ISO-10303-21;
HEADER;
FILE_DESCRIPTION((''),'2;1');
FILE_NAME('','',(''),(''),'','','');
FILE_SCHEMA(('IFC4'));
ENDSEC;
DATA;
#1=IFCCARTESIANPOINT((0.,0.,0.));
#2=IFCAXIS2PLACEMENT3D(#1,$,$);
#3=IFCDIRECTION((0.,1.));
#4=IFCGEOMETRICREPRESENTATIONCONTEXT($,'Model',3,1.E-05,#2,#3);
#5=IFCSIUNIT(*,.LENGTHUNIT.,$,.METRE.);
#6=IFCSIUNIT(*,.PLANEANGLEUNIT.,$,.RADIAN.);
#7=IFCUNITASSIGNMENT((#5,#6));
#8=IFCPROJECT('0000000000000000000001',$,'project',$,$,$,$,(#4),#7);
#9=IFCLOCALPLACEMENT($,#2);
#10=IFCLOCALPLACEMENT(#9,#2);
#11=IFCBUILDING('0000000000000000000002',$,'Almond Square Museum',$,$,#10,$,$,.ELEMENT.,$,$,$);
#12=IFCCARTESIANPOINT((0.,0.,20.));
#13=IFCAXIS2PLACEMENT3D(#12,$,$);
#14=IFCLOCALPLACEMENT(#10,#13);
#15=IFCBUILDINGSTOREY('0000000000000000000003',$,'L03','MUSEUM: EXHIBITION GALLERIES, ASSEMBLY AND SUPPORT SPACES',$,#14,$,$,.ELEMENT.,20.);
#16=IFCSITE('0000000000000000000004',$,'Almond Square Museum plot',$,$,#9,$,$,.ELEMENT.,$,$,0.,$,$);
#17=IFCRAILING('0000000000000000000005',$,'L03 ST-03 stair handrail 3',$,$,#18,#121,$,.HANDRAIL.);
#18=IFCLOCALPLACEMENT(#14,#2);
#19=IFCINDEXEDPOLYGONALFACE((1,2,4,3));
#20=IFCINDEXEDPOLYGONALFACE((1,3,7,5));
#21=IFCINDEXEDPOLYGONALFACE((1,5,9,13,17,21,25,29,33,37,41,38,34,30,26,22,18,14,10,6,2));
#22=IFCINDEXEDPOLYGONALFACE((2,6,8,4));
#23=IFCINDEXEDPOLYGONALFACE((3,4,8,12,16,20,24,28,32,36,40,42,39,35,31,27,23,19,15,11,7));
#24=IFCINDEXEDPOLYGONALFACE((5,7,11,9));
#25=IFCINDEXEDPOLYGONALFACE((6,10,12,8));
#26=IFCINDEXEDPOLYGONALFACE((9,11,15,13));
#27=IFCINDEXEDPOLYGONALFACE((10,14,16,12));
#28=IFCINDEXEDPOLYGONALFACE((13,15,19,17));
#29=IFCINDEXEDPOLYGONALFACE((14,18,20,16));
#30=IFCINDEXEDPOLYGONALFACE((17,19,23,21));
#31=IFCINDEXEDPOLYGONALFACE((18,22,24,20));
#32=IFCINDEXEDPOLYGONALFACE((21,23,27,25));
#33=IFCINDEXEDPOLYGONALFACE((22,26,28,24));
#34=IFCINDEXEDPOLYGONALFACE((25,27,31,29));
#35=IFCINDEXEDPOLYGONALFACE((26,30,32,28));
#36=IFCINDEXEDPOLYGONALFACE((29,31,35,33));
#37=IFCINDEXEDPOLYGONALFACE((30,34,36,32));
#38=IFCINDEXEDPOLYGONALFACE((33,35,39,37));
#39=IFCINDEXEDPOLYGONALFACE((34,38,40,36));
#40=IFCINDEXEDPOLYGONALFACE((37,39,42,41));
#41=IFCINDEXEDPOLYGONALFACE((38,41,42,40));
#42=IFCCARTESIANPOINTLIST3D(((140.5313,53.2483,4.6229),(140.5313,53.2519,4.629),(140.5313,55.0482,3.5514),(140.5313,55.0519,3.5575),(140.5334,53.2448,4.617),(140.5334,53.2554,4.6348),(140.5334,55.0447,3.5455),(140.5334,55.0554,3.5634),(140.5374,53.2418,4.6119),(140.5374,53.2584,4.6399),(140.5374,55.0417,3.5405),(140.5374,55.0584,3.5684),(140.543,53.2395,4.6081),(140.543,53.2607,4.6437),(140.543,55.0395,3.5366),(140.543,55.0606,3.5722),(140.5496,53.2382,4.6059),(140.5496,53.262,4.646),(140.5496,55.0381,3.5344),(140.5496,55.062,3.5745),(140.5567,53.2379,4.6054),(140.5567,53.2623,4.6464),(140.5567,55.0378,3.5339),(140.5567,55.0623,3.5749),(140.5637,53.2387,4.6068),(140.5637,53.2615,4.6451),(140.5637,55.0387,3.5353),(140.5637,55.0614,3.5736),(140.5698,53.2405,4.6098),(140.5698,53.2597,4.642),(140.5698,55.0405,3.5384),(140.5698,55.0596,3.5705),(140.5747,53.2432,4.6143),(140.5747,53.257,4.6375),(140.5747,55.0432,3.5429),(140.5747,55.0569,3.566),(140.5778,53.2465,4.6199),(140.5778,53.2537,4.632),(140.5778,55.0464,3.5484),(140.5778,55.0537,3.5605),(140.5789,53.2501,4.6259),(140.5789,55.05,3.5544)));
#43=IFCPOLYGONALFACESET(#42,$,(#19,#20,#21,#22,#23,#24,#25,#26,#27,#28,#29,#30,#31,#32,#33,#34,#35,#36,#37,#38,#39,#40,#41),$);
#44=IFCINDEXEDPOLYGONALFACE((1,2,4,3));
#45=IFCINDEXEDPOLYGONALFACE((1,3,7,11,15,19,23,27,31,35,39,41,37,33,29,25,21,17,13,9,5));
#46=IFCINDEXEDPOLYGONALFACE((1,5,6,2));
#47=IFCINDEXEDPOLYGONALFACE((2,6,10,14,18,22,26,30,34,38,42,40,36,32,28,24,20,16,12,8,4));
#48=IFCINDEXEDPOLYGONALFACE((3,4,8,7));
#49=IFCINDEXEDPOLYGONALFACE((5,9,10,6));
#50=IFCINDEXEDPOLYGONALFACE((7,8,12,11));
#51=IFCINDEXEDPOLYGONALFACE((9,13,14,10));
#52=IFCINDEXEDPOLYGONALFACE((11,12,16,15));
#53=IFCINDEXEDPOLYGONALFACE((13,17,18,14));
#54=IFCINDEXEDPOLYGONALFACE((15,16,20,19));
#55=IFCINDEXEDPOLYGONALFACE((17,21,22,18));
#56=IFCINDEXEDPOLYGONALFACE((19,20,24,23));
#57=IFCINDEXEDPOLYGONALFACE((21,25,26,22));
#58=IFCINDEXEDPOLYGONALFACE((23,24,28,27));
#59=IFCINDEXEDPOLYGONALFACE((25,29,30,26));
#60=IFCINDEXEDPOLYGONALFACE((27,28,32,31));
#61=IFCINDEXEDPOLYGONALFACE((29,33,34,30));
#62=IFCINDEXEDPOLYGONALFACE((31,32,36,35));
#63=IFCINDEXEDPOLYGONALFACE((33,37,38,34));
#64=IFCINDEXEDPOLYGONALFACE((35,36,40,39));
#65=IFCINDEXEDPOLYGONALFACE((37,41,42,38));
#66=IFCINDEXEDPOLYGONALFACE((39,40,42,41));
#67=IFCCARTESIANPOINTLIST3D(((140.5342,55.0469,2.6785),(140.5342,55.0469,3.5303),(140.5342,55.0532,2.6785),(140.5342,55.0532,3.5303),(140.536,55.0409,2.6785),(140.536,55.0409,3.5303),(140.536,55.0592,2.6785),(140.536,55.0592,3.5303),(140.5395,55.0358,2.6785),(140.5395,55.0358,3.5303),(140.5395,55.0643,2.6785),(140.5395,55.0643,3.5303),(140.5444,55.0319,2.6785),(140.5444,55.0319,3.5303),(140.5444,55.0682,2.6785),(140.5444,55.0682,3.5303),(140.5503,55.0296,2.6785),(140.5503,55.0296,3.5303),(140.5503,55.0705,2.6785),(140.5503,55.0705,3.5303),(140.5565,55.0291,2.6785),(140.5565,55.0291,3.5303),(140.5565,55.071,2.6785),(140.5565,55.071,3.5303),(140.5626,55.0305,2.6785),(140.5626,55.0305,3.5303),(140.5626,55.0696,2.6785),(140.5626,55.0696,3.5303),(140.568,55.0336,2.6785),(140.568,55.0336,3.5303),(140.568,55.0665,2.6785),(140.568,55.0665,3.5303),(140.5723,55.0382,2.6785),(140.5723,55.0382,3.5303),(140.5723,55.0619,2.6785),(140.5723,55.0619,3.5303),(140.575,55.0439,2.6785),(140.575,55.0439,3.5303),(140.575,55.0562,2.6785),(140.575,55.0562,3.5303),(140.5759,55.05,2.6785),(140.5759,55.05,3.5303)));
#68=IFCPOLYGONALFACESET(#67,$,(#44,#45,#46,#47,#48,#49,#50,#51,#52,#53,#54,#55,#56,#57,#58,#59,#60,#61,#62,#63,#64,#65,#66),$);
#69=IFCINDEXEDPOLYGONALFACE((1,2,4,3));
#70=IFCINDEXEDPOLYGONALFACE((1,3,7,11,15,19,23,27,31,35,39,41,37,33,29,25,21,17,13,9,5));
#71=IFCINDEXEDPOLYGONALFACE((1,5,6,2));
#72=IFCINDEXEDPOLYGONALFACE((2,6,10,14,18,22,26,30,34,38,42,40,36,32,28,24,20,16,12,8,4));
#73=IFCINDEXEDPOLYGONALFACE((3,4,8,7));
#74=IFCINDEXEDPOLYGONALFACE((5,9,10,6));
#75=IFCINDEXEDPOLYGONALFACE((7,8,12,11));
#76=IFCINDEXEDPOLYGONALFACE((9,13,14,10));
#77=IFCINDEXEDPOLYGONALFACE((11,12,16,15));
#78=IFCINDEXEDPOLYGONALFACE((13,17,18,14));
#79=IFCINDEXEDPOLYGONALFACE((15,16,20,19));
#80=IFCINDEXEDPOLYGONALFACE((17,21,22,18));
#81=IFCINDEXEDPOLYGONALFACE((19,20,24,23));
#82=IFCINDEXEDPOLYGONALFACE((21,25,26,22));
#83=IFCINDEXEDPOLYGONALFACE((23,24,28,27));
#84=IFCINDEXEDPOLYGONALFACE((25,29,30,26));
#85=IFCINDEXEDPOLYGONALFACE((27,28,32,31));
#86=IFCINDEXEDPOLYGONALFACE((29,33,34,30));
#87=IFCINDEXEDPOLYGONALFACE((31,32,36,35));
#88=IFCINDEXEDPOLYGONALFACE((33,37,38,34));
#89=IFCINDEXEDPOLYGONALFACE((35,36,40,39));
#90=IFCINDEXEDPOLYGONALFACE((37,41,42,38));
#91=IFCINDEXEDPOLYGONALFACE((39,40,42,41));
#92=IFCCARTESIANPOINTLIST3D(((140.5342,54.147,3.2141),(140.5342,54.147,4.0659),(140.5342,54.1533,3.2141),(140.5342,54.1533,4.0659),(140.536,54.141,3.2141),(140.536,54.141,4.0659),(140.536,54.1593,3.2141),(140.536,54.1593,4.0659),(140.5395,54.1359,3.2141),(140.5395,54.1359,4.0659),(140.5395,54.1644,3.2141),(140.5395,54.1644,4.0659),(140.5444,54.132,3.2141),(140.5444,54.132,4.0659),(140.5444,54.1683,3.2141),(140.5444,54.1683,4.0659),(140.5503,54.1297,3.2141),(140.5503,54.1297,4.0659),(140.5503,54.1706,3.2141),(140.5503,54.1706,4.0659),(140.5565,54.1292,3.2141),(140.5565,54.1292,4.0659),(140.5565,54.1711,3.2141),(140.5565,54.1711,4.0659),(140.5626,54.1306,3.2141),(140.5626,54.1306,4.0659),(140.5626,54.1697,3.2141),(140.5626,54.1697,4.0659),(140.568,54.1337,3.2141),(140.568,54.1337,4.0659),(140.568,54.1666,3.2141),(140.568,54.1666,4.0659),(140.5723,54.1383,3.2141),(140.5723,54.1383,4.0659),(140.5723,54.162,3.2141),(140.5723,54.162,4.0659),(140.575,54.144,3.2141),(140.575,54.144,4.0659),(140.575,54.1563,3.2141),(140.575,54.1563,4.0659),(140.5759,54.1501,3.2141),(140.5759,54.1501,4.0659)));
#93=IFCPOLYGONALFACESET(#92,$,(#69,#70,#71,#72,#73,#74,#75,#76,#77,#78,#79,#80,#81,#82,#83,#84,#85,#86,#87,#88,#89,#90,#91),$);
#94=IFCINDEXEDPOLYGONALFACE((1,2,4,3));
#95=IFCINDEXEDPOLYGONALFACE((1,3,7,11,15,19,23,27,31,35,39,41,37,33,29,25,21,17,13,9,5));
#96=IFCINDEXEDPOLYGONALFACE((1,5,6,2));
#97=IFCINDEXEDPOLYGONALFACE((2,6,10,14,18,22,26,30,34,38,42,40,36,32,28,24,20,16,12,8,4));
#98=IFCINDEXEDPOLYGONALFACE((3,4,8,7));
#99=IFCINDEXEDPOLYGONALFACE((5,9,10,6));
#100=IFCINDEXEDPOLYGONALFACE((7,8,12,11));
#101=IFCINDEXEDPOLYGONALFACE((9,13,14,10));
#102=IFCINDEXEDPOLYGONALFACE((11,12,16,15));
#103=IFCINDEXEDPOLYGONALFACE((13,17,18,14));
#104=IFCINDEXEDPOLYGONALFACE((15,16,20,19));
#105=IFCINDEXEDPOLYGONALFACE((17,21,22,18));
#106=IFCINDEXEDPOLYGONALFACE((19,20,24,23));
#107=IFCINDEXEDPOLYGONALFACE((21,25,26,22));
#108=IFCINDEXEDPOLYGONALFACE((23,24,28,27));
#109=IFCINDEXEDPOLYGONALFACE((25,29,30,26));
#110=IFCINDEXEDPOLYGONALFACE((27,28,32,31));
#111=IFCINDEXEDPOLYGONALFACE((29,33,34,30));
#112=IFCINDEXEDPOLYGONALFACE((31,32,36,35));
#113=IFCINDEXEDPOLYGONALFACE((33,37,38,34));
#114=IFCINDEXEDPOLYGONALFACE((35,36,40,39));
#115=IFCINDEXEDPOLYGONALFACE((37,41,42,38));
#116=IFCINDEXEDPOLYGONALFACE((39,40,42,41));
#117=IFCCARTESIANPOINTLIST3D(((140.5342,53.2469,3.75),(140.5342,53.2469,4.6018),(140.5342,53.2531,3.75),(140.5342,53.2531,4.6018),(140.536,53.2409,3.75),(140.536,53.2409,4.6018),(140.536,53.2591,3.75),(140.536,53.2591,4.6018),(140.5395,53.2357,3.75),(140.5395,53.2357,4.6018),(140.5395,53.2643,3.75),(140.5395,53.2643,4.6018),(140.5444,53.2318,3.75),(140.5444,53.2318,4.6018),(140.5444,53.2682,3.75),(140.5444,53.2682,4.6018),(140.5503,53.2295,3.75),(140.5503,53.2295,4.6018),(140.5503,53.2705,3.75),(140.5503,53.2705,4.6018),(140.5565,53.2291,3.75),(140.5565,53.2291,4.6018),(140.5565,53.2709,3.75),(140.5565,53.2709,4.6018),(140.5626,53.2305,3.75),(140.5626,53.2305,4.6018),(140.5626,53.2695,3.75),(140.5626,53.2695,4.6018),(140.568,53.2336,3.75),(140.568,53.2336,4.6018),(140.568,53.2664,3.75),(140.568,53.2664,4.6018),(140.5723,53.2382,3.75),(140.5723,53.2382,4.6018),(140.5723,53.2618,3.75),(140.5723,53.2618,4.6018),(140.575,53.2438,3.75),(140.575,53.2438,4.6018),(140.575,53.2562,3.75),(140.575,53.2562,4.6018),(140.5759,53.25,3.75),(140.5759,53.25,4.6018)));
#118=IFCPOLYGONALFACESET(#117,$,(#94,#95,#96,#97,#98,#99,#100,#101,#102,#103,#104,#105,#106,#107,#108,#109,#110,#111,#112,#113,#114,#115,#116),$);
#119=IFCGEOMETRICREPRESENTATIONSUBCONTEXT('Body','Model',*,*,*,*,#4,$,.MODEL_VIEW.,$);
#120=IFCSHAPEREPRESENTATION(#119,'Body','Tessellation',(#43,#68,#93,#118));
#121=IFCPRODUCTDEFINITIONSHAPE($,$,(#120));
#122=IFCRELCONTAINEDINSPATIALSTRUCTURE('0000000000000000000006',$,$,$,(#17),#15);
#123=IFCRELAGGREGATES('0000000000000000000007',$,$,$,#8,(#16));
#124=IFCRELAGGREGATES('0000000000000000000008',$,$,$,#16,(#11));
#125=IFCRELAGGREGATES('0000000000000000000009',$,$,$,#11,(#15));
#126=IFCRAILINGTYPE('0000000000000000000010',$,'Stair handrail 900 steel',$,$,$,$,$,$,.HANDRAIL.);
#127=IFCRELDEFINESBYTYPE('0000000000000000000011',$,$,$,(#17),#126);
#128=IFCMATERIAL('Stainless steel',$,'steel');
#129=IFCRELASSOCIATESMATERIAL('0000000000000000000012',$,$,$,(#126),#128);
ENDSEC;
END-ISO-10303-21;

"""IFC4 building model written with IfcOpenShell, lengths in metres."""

from ifc_helpers import new_model, si_unit, direction, frame, origin, origin_2d, place, context, subcontext, project, spatial, circle, extrude, material, type_object, element, save


model = new_model("IFC4")

# Units and contexts
model_context = context("Model", 3, precision=1e-05, world=origin(), true_north=direction((0.0, 1.0)))
body_context = subcontext(model_context, "Body", "Model", "MODEL_VIEW")
ifc_project = project(units=[si_unit("LENGTHUNIT", "METRE"), si_unit("PLANEANGLEUNIT", "RADIAN")], contexts=[model_context])

# Site, building, storey
site_placement = place(None, origin())
site = spatial("IfcSite", under=ifc_project, at=site_placement, Name="Almond Square Museum plot", CompositionType="ELEMENT", RefElevation=0.0)
building_placement = place(site_placement, origin())
building = spatial("IfcBuilding", under=site, at=building_placement, Name="Almond Square Museum", CompositionType="ELEMENT")
storey_placement = place(building_placement, frame((0.0, 0.0, 20.0)))
storey = spatial("IfcBuildingStorey", under=building, at=storey_placement, Name="L03", Description="MUSEUM: EXHIBITION GALLERIES, ASSEMBLY AND SUPPORT SPACES", CompositionType="ELEMENT", Elevation=20.0)

# Railing
ifc_material_1 = material(Name="Stainless steel", Category="steel")
railing_type_1 = type_object("IfcRailingType", Name="Stair handrail 900 steel", PredefinedType="HANDRAIL", material=ifc_material_1)
railing_1_placement = place(storey_placement, frame((140.5549, 55.05, 2.6785)))
element("IfcRailing", 1, at=railing_1_placement, inside=storey, type_object=railing_type_1, Name="L03 ST-03 stair handrail 3", PredefinedType="HANDRAIL", context=body_context, shape_type="SweptSolid", body=[
    extrude(circle(Radius=0.0239, at=origin_2d()), frame((0.0, 0.0, 0.876), z_axis=(0.0, -0.859277, 0.51151), x_axis=(1.0, 0.0, 0.0)), (0.0, 0.0, 1.0), 2.0947),
    extrude(circle(Radius=0.021, at=origin_2d()), origin(), (0.0, 0.0, 1.0), 0.8518),
    extrude(circle(Radius=0.021, at=origin_2d()), frame((0.0, -0.8999, 0.5356)), (0.0, 0.0, 1.0), 0.8518),
    extrude(circle(Radius=0.021, at=origin_2d()), frame((0.0, -1.8, 1.0715)), (0.0, 0.0, 1.0), 0.8518),
])

save(model, "model.ifc")
